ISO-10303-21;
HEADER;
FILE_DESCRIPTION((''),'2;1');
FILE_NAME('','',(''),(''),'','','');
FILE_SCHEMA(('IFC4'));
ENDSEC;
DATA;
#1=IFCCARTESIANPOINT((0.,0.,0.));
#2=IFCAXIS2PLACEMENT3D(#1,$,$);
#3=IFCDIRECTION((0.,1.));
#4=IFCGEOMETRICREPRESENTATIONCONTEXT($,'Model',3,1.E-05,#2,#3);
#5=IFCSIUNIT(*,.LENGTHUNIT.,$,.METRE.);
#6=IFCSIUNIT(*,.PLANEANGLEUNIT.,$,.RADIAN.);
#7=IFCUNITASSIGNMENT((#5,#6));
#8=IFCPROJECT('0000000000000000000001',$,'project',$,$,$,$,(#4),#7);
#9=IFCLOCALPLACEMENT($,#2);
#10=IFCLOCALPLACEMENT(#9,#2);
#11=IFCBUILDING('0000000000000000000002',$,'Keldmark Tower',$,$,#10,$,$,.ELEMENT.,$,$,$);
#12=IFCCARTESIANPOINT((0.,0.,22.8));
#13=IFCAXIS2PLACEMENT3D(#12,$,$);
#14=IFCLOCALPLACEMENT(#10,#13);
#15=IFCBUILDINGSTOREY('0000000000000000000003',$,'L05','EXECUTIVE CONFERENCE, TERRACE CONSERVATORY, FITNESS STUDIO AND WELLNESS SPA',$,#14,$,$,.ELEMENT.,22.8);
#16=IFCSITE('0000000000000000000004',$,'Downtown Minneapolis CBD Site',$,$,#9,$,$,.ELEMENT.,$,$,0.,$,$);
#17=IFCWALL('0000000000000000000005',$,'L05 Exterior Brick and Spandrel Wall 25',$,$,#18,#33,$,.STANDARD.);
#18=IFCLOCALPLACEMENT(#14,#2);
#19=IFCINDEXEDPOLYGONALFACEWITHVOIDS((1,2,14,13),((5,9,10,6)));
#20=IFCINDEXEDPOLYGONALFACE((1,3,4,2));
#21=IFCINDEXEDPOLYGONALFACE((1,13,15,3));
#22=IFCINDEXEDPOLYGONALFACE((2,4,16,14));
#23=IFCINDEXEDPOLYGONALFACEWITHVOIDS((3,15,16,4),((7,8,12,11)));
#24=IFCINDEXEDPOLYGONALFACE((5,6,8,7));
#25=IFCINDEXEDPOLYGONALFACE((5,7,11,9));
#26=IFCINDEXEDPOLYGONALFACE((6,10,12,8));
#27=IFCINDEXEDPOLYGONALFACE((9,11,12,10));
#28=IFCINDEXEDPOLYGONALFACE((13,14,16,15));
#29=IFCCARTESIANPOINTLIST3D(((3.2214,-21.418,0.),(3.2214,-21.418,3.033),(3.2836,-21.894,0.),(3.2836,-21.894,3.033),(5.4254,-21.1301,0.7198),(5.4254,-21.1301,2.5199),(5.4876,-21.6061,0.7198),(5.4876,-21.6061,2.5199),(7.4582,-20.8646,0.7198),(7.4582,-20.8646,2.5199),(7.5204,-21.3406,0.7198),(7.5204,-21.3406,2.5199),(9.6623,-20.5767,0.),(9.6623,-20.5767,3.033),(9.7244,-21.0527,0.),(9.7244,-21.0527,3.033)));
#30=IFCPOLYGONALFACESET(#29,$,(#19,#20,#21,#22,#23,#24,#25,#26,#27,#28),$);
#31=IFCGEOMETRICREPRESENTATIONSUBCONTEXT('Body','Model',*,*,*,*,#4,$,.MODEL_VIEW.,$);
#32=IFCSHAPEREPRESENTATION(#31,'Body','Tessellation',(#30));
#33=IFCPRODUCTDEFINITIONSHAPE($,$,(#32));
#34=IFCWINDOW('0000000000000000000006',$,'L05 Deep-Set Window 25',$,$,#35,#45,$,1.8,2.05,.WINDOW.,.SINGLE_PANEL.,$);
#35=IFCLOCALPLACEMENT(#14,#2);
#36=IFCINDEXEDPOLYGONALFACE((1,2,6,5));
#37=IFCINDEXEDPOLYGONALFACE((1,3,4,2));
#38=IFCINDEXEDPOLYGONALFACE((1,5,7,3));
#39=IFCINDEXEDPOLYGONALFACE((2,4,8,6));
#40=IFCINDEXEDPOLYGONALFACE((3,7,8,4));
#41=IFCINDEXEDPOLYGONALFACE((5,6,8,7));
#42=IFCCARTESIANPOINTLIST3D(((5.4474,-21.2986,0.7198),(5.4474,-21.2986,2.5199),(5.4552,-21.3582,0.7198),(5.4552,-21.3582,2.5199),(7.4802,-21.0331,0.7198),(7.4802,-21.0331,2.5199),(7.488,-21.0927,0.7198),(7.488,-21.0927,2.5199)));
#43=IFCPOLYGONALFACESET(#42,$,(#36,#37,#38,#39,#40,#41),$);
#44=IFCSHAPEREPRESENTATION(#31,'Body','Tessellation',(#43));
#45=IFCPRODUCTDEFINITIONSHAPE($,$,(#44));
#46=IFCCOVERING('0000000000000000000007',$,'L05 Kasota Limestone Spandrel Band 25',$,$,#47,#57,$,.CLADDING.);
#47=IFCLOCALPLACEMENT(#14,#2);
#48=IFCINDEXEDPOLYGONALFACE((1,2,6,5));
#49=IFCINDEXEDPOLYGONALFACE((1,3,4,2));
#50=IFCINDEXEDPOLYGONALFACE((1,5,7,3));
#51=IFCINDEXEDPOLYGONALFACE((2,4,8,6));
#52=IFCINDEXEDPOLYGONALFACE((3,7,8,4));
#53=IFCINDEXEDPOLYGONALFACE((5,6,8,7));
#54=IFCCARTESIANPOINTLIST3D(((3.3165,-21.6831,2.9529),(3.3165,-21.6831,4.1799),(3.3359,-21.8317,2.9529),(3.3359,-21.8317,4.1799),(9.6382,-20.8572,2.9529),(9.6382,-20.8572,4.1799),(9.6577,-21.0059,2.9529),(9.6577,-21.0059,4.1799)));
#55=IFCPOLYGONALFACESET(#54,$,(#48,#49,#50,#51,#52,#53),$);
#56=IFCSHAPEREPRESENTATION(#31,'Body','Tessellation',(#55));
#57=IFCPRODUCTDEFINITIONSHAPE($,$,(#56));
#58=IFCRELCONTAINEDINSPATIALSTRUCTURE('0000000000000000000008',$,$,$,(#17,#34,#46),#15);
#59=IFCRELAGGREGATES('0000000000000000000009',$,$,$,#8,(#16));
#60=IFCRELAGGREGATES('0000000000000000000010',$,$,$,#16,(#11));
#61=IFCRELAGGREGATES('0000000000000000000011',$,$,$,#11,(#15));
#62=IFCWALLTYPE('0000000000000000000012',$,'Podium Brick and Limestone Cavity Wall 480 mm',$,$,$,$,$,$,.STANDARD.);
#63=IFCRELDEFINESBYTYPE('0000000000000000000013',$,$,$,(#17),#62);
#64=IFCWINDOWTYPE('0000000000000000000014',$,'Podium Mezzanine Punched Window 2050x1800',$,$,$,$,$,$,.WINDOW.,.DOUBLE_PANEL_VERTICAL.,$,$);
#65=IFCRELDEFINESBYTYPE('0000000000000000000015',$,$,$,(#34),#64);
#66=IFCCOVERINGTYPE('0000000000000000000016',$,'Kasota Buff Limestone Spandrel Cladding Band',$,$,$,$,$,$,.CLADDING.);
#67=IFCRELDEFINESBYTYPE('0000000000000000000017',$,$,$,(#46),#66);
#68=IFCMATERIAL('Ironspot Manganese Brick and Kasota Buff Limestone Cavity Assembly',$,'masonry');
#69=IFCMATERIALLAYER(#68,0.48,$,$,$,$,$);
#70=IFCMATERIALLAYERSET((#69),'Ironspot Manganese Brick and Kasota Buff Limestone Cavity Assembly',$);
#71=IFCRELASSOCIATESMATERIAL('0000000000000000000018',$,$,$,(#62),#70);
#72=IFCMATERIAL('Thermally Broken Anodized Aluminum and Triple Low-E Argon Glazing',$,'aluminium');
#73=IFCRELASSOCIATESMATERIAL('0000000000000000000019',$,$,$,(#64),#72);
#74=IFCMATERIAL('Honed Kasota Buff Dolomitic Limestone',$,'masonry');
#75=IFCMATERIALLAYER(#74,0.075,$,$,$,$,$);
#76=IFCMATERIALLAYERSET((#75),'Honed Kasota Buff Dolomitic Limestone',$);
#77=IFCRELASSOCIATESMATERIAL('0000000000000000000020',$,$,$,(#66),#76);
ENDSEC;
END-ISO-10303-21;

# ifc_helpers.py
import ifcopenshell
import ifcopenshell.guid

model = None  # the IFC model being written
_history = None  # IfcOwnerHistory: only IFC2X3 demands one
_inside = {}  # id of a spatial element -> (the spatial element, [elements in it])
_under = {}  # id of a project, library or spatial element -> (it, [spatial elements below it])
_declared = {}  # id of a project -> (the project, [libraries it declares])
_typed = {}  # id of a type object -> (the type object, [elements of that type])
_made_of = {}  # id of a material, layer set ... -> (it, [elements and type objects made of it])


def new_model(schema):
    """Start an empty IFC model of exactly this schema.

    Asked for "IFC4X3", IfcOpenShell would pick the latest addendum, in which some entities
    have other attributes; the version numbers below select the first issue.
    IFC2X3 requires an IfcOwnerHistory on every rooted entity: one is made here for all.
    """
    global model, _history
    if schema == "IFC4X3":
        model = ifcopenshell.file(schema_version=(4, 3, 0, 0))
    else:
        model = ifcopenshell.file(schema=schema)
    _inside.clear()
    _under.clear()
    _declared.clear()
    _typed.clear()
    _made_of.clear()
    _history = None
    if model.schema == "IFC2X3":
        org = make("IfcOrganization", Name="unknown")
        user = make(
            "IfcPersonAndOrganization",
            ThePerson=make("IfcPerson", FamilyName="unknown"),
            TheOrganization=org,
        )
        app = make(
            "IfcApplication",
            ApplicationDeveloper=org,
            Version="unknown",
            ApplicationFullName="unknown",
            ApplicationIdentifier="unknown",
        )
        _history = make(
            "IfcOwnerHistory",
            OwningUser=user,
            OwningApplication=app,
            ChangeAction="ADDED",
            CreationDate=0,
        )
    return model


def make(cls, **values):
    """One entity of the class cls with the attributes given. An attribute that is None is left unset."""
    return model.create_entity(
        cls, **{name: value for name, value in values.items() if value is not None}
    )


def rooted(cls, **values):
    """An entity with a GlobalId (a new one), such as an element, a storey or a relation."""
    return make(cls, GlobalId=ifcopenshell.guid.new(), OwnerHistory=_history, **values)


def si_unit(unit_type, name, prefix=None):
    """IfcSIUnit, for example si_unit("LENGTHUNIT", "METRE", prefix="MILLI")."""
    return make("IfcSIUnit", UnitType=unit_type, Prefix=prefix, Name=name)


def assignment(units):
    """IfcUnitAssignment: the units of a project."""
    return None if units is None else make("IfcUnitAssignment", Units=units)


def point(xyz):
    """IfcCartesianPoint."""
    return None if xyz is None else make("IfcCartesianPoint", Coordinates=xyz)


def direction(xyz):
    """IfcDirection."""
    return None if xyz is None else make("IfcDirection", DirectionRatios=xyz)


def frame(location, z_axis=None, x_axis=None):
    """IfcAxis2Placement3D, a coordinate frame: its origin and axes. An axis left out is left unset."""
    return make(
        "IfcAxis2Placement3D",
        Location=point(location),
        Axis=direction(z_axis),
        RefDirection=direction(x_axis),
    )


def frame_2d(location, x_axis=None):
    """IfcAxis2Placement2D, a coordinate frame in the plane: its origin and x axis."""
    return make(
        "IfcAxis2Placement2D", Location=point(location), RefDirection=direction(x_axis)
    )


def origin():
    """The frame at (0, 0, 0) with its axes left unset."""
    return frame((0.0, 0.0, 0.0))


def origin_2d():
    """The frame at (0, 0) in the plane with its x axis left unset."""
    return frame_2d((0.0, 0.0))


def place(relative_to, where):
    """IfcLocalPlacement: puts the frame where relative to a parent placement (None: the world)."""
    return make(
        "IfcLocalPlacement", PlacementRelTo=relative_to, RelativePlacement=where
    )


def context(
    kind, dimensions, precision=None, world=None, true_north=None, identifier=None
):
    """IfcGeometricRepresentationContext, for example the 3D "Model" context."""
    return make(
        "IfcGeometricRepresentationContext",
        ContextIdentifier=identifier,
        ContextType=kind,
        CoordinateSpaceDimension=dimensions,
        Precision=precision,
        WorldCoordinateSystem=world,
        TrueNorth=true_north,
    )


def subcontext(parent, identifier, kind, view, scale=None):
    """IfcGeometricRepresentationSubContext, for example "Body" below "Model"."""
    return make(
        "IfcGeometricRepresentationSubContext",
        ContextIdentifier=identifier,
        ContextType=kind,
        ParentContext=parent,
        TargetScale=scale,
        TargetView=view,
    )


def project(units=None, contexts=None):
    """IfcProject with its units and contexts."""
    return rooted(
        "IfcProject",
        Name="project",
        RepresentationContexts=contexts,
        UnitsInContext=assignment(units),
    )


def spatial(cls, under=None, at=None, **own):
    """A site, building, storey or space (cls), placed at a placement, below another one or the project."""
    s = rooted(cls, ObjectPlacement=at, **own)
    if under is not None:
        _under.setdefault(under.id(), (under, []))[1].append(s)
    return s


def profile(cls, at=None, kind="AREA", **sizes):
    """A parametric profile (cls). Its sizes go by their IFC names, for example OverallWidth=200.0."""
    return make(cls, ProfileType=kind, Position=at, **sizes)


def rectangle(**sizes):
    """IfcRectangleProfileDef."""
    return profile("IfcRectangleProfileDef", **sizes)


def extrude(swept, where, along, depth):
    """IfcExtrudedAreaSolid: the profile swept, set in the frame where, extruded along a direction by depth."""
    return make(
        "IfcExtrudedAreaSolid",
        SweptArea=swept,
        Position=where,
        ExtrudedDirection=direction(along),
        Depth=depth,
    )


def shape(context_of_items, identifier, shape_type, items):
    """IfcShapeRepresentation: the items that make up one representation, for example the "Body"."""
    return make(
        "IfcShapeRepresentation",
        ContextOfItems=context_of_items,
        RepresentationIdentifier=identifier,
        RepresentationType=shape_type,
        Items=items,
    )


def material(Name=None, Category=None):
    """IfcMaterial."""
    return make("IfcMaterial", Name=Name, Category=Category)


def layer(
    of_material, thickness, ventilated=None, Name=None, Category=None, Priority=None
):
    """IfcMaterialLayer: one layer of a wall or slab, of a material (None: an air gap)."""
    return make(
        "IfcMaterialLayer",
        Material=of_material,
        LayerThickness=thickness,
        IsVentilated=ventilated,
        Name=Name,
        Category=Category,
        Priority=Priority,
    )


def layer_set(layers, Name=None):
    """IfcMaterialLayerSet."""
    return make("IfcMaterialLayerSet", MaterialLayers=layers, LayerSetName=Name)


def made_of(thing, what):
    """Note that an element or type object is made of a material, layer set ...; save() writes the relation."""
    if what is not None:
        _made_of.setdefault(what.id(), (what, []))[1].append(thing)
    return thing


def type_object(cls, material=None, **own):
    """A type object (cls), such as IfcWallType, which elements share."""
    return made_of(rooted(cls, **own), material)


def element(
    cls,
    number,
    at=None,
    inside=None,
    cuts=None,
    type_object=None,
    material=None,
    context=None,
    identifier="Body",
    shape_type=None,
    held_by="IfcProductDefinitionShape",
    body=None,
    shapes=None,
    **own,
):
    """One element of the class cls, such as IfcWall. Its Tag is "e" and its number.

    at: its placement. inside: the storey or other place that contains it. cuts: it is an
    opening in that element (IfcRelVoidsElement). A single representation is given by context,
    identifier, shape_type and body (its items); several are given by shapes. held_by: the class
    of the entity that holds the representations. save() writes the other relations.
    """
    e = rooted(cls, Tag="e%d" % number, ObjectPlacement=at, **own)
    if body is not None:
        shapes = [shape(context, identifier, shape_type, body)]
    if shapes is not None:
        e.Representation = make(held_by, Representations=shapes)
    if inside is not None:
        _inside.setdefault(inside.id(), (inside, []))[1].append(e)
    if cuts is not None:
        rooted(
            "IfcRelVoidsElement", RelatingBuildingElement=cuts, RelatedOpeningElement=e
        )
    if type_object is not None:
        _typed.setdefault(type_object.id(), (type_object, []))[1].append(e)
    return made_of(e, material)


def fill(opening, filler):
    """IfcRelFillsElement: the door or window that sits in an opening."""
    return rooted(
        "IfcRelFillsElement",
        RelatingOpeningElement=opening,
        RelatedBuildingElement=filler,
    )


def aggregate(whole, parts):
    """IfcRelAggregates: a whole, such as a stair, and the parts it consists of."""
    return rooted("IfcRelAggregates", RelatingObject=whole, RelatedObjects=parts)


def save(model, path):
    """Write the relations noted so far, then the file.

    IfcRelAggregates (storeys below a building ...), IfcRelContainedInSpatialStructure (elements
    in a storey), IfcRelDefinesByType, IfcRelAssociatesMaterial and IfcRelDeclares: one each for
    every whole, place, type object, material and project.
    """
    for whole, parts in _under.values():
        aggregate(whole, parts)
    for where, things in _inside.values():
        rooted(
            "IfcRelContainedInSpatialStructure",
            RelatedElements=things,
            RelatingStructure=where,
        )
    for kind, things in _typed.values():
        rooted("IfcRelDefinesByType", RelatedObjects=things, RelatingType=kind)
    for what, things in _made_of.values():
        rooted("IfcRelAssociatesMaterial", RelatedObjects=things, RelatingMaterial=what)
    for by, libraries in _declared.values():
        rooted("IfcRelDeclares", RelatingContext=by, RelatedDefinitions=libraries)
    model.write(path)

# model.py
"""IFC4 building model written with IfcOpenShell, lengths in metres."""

from ifc_helpers import new_model, si_unit, direction, frame, frame_2d, origin, origin_2d, place, context, subcontext, project, spatial, rectangle, extrude, material, layer, layer_set, type_object, element, fill, save


model = new_model("IFC4")

# Units and contexts
model_context = context("Model", 3, precision=1e-05, world=origin(), true_north=direction((0.0, 1.0)))
body_context = subcontext(model_context, "Body", "Model", "MODEL_VIEW")
ifc_project = project(units=[si_unit("LENGTHUNIT", "METRE"), si_unit("PLANEANGLEUNIT", "RADIAN")], contexts=[model_context])

# Site, building, storey
site_placement = place(None, origin())
site = spatial("IfcSite", under=ifc_project, at=site_placement, Name="Downtown Minneapolis CBD Site", CompositionType="ELEMENT", RefElevation=0.0)
building_placement = place(site_placement, origin())
building = spatial("IfcBuilding", under=site, at=building_placement, Name="Keldmark Tower", CompositionType="ELEMENT")
storey_placement = place(building_placement, frame((0.0, 0.0, 22.8)))
storey = spatial("IfcBuildingStorey", under=building, at=storey_placement, Name="L05", Description="EXECUTIVE CONFERENCE, TERRACE CONSERVATORY, FITNESS STUDIO AND WELLNESS SPA", CompositionType="ELEMENT", Elevation=22.8)

# Wall, opening, window
ifc_material_1 = material(Name="Ironspot Manganese Brick and Kasota Buff Limestone Cavity Assembly", Category="masonry")
ifc_layer_1 = layer(ifc_material_1, 0.48)
ifc_layer_set_1 = layer_set([ifc_layer_1], Name="Ironspot Manganese Brick and Kasota Buff Limestone Cavity Assembly")
wall_type_1 = type_object("IfcWallType", Name="Podium Brick and Limestone Cavity Wall 480 mm", PredefinedType="STANDARD", material=ifc_layer_set_1)
ifc_material_2 = material(Name="Thermally Broken Anodized Aluminum and Triple Low-E Argon Glazing", Category="aluminium")
window_type = type_object("IfcWindowType", Name="Podium Mezzanine Punched Window 2050x1800", PartitioningType="DOUBLE_PANEL_VERTICAL", PredefinedType="WINDOW", material=ifc_material_2)
wall_1_placement = place(storey_placement, frame((9.6934, -20.8147, 0.0), z_axis=(0.0, 0.0, 1.0), x_axis=(-0.991577, -0.129519, 0.0)))
wall_1 = element("IfcWall", 1, at=wall_1_placement, inside=storey, type_object=wall_type_1, Name="L05 Exterior Brick and Spandrel Wall 25", PredefinedType="STANDARD", context=body_context, shape_type="SweptSolid", body=[
    extrude(rectangle(XDim=6.4956, YDim=0.48, at=frame_2d((3.2478, 0.0))), origin(), (0.0, 0.0, 1.0), 3.033),
])
opening_1_placement = place(wall_1_placement, frame((2.2229, 0.0, 0.72)))
opening_1 = element("IfcOpeningElement", 2, at=opening_1_placement, cuts=wall_1, PredefinedType="OPENING", context=body_context, shape_type="SweptSolid", body=[
    extrude(rectangle(XDim=2.05, YDim=1.8, at=frame_2d((1.0249, 0.8999))), frame((0.0, 0.25, 0.0), z_axis=(0.0, -1.0, 0.0), x_axis=(1.0, 0.0, 0.0)), (0.0, 0.0, 1.0), 0.5),
])
window_1_placement = place(opening_1_placement, origin())
window_1 = element("IfcWindow", 3, at=window_1_placement, inside=storey, type_object=window_type, Name="L05 Deep-Set Window 25", OverallHeight=1.8, OverallWidth=2.05, PartitioningType="SINGLE_PANEL", PredefinedType="WINDOW", context=body_context, shape_type="SweptSolid", body=[
    extrude(rectangle(XDim=2.05, YDim=1.8, at=frame_2d((1.0249, 0.8999))), frame((0.0, -0.01, 0.0), z_axis=(0.0, -1.0, 0.0), x_axis=(1.0, 0.0, 0.0)), (0.0, 0.0, 1.0), 0.0601),
])
fill(opening_1, window_1)

# Covering
ifc_material_3 = material(Name="Honed Kasota Buff Dolomitic Limestone", Category="masonry")
ifc_layer_2 = layer(ifc_material_3, 0.075)
ifc_layer_set_2 = layer_set([ifc_layer_2], Name="Honed Kasota Buff Dolomitic Limestone")
covering_type = type_object("IfcCoveringType", Name="Kasota Buff Limestone Spandrel Cladding Band", PredefinedType="CLADDING", material=ifc_layer_set_2)
covering_placement = place(storey_placement, frame((6.4871, -21.3445, 2.9529), z_axis=(0.0, 0.0, 1.0), x_axis=(0.991574, 0.12954, 0.0)))
element("IfcCovering", 4, at=covering_placement, inside=storey, type_object=covering_type, Name="L05 Kasota Limestone Spandrel Band 25", PredefinedType="CLADDING", context=body_context, shape_type="SweptSolid", body=[
    extrude(rectangle(XDim=6.3755, YDim=0.1499, at=origin_2d()), origin(), (0.0, 0.0, 1.0), 1.2271),
])

save(model, "model.ifc")
